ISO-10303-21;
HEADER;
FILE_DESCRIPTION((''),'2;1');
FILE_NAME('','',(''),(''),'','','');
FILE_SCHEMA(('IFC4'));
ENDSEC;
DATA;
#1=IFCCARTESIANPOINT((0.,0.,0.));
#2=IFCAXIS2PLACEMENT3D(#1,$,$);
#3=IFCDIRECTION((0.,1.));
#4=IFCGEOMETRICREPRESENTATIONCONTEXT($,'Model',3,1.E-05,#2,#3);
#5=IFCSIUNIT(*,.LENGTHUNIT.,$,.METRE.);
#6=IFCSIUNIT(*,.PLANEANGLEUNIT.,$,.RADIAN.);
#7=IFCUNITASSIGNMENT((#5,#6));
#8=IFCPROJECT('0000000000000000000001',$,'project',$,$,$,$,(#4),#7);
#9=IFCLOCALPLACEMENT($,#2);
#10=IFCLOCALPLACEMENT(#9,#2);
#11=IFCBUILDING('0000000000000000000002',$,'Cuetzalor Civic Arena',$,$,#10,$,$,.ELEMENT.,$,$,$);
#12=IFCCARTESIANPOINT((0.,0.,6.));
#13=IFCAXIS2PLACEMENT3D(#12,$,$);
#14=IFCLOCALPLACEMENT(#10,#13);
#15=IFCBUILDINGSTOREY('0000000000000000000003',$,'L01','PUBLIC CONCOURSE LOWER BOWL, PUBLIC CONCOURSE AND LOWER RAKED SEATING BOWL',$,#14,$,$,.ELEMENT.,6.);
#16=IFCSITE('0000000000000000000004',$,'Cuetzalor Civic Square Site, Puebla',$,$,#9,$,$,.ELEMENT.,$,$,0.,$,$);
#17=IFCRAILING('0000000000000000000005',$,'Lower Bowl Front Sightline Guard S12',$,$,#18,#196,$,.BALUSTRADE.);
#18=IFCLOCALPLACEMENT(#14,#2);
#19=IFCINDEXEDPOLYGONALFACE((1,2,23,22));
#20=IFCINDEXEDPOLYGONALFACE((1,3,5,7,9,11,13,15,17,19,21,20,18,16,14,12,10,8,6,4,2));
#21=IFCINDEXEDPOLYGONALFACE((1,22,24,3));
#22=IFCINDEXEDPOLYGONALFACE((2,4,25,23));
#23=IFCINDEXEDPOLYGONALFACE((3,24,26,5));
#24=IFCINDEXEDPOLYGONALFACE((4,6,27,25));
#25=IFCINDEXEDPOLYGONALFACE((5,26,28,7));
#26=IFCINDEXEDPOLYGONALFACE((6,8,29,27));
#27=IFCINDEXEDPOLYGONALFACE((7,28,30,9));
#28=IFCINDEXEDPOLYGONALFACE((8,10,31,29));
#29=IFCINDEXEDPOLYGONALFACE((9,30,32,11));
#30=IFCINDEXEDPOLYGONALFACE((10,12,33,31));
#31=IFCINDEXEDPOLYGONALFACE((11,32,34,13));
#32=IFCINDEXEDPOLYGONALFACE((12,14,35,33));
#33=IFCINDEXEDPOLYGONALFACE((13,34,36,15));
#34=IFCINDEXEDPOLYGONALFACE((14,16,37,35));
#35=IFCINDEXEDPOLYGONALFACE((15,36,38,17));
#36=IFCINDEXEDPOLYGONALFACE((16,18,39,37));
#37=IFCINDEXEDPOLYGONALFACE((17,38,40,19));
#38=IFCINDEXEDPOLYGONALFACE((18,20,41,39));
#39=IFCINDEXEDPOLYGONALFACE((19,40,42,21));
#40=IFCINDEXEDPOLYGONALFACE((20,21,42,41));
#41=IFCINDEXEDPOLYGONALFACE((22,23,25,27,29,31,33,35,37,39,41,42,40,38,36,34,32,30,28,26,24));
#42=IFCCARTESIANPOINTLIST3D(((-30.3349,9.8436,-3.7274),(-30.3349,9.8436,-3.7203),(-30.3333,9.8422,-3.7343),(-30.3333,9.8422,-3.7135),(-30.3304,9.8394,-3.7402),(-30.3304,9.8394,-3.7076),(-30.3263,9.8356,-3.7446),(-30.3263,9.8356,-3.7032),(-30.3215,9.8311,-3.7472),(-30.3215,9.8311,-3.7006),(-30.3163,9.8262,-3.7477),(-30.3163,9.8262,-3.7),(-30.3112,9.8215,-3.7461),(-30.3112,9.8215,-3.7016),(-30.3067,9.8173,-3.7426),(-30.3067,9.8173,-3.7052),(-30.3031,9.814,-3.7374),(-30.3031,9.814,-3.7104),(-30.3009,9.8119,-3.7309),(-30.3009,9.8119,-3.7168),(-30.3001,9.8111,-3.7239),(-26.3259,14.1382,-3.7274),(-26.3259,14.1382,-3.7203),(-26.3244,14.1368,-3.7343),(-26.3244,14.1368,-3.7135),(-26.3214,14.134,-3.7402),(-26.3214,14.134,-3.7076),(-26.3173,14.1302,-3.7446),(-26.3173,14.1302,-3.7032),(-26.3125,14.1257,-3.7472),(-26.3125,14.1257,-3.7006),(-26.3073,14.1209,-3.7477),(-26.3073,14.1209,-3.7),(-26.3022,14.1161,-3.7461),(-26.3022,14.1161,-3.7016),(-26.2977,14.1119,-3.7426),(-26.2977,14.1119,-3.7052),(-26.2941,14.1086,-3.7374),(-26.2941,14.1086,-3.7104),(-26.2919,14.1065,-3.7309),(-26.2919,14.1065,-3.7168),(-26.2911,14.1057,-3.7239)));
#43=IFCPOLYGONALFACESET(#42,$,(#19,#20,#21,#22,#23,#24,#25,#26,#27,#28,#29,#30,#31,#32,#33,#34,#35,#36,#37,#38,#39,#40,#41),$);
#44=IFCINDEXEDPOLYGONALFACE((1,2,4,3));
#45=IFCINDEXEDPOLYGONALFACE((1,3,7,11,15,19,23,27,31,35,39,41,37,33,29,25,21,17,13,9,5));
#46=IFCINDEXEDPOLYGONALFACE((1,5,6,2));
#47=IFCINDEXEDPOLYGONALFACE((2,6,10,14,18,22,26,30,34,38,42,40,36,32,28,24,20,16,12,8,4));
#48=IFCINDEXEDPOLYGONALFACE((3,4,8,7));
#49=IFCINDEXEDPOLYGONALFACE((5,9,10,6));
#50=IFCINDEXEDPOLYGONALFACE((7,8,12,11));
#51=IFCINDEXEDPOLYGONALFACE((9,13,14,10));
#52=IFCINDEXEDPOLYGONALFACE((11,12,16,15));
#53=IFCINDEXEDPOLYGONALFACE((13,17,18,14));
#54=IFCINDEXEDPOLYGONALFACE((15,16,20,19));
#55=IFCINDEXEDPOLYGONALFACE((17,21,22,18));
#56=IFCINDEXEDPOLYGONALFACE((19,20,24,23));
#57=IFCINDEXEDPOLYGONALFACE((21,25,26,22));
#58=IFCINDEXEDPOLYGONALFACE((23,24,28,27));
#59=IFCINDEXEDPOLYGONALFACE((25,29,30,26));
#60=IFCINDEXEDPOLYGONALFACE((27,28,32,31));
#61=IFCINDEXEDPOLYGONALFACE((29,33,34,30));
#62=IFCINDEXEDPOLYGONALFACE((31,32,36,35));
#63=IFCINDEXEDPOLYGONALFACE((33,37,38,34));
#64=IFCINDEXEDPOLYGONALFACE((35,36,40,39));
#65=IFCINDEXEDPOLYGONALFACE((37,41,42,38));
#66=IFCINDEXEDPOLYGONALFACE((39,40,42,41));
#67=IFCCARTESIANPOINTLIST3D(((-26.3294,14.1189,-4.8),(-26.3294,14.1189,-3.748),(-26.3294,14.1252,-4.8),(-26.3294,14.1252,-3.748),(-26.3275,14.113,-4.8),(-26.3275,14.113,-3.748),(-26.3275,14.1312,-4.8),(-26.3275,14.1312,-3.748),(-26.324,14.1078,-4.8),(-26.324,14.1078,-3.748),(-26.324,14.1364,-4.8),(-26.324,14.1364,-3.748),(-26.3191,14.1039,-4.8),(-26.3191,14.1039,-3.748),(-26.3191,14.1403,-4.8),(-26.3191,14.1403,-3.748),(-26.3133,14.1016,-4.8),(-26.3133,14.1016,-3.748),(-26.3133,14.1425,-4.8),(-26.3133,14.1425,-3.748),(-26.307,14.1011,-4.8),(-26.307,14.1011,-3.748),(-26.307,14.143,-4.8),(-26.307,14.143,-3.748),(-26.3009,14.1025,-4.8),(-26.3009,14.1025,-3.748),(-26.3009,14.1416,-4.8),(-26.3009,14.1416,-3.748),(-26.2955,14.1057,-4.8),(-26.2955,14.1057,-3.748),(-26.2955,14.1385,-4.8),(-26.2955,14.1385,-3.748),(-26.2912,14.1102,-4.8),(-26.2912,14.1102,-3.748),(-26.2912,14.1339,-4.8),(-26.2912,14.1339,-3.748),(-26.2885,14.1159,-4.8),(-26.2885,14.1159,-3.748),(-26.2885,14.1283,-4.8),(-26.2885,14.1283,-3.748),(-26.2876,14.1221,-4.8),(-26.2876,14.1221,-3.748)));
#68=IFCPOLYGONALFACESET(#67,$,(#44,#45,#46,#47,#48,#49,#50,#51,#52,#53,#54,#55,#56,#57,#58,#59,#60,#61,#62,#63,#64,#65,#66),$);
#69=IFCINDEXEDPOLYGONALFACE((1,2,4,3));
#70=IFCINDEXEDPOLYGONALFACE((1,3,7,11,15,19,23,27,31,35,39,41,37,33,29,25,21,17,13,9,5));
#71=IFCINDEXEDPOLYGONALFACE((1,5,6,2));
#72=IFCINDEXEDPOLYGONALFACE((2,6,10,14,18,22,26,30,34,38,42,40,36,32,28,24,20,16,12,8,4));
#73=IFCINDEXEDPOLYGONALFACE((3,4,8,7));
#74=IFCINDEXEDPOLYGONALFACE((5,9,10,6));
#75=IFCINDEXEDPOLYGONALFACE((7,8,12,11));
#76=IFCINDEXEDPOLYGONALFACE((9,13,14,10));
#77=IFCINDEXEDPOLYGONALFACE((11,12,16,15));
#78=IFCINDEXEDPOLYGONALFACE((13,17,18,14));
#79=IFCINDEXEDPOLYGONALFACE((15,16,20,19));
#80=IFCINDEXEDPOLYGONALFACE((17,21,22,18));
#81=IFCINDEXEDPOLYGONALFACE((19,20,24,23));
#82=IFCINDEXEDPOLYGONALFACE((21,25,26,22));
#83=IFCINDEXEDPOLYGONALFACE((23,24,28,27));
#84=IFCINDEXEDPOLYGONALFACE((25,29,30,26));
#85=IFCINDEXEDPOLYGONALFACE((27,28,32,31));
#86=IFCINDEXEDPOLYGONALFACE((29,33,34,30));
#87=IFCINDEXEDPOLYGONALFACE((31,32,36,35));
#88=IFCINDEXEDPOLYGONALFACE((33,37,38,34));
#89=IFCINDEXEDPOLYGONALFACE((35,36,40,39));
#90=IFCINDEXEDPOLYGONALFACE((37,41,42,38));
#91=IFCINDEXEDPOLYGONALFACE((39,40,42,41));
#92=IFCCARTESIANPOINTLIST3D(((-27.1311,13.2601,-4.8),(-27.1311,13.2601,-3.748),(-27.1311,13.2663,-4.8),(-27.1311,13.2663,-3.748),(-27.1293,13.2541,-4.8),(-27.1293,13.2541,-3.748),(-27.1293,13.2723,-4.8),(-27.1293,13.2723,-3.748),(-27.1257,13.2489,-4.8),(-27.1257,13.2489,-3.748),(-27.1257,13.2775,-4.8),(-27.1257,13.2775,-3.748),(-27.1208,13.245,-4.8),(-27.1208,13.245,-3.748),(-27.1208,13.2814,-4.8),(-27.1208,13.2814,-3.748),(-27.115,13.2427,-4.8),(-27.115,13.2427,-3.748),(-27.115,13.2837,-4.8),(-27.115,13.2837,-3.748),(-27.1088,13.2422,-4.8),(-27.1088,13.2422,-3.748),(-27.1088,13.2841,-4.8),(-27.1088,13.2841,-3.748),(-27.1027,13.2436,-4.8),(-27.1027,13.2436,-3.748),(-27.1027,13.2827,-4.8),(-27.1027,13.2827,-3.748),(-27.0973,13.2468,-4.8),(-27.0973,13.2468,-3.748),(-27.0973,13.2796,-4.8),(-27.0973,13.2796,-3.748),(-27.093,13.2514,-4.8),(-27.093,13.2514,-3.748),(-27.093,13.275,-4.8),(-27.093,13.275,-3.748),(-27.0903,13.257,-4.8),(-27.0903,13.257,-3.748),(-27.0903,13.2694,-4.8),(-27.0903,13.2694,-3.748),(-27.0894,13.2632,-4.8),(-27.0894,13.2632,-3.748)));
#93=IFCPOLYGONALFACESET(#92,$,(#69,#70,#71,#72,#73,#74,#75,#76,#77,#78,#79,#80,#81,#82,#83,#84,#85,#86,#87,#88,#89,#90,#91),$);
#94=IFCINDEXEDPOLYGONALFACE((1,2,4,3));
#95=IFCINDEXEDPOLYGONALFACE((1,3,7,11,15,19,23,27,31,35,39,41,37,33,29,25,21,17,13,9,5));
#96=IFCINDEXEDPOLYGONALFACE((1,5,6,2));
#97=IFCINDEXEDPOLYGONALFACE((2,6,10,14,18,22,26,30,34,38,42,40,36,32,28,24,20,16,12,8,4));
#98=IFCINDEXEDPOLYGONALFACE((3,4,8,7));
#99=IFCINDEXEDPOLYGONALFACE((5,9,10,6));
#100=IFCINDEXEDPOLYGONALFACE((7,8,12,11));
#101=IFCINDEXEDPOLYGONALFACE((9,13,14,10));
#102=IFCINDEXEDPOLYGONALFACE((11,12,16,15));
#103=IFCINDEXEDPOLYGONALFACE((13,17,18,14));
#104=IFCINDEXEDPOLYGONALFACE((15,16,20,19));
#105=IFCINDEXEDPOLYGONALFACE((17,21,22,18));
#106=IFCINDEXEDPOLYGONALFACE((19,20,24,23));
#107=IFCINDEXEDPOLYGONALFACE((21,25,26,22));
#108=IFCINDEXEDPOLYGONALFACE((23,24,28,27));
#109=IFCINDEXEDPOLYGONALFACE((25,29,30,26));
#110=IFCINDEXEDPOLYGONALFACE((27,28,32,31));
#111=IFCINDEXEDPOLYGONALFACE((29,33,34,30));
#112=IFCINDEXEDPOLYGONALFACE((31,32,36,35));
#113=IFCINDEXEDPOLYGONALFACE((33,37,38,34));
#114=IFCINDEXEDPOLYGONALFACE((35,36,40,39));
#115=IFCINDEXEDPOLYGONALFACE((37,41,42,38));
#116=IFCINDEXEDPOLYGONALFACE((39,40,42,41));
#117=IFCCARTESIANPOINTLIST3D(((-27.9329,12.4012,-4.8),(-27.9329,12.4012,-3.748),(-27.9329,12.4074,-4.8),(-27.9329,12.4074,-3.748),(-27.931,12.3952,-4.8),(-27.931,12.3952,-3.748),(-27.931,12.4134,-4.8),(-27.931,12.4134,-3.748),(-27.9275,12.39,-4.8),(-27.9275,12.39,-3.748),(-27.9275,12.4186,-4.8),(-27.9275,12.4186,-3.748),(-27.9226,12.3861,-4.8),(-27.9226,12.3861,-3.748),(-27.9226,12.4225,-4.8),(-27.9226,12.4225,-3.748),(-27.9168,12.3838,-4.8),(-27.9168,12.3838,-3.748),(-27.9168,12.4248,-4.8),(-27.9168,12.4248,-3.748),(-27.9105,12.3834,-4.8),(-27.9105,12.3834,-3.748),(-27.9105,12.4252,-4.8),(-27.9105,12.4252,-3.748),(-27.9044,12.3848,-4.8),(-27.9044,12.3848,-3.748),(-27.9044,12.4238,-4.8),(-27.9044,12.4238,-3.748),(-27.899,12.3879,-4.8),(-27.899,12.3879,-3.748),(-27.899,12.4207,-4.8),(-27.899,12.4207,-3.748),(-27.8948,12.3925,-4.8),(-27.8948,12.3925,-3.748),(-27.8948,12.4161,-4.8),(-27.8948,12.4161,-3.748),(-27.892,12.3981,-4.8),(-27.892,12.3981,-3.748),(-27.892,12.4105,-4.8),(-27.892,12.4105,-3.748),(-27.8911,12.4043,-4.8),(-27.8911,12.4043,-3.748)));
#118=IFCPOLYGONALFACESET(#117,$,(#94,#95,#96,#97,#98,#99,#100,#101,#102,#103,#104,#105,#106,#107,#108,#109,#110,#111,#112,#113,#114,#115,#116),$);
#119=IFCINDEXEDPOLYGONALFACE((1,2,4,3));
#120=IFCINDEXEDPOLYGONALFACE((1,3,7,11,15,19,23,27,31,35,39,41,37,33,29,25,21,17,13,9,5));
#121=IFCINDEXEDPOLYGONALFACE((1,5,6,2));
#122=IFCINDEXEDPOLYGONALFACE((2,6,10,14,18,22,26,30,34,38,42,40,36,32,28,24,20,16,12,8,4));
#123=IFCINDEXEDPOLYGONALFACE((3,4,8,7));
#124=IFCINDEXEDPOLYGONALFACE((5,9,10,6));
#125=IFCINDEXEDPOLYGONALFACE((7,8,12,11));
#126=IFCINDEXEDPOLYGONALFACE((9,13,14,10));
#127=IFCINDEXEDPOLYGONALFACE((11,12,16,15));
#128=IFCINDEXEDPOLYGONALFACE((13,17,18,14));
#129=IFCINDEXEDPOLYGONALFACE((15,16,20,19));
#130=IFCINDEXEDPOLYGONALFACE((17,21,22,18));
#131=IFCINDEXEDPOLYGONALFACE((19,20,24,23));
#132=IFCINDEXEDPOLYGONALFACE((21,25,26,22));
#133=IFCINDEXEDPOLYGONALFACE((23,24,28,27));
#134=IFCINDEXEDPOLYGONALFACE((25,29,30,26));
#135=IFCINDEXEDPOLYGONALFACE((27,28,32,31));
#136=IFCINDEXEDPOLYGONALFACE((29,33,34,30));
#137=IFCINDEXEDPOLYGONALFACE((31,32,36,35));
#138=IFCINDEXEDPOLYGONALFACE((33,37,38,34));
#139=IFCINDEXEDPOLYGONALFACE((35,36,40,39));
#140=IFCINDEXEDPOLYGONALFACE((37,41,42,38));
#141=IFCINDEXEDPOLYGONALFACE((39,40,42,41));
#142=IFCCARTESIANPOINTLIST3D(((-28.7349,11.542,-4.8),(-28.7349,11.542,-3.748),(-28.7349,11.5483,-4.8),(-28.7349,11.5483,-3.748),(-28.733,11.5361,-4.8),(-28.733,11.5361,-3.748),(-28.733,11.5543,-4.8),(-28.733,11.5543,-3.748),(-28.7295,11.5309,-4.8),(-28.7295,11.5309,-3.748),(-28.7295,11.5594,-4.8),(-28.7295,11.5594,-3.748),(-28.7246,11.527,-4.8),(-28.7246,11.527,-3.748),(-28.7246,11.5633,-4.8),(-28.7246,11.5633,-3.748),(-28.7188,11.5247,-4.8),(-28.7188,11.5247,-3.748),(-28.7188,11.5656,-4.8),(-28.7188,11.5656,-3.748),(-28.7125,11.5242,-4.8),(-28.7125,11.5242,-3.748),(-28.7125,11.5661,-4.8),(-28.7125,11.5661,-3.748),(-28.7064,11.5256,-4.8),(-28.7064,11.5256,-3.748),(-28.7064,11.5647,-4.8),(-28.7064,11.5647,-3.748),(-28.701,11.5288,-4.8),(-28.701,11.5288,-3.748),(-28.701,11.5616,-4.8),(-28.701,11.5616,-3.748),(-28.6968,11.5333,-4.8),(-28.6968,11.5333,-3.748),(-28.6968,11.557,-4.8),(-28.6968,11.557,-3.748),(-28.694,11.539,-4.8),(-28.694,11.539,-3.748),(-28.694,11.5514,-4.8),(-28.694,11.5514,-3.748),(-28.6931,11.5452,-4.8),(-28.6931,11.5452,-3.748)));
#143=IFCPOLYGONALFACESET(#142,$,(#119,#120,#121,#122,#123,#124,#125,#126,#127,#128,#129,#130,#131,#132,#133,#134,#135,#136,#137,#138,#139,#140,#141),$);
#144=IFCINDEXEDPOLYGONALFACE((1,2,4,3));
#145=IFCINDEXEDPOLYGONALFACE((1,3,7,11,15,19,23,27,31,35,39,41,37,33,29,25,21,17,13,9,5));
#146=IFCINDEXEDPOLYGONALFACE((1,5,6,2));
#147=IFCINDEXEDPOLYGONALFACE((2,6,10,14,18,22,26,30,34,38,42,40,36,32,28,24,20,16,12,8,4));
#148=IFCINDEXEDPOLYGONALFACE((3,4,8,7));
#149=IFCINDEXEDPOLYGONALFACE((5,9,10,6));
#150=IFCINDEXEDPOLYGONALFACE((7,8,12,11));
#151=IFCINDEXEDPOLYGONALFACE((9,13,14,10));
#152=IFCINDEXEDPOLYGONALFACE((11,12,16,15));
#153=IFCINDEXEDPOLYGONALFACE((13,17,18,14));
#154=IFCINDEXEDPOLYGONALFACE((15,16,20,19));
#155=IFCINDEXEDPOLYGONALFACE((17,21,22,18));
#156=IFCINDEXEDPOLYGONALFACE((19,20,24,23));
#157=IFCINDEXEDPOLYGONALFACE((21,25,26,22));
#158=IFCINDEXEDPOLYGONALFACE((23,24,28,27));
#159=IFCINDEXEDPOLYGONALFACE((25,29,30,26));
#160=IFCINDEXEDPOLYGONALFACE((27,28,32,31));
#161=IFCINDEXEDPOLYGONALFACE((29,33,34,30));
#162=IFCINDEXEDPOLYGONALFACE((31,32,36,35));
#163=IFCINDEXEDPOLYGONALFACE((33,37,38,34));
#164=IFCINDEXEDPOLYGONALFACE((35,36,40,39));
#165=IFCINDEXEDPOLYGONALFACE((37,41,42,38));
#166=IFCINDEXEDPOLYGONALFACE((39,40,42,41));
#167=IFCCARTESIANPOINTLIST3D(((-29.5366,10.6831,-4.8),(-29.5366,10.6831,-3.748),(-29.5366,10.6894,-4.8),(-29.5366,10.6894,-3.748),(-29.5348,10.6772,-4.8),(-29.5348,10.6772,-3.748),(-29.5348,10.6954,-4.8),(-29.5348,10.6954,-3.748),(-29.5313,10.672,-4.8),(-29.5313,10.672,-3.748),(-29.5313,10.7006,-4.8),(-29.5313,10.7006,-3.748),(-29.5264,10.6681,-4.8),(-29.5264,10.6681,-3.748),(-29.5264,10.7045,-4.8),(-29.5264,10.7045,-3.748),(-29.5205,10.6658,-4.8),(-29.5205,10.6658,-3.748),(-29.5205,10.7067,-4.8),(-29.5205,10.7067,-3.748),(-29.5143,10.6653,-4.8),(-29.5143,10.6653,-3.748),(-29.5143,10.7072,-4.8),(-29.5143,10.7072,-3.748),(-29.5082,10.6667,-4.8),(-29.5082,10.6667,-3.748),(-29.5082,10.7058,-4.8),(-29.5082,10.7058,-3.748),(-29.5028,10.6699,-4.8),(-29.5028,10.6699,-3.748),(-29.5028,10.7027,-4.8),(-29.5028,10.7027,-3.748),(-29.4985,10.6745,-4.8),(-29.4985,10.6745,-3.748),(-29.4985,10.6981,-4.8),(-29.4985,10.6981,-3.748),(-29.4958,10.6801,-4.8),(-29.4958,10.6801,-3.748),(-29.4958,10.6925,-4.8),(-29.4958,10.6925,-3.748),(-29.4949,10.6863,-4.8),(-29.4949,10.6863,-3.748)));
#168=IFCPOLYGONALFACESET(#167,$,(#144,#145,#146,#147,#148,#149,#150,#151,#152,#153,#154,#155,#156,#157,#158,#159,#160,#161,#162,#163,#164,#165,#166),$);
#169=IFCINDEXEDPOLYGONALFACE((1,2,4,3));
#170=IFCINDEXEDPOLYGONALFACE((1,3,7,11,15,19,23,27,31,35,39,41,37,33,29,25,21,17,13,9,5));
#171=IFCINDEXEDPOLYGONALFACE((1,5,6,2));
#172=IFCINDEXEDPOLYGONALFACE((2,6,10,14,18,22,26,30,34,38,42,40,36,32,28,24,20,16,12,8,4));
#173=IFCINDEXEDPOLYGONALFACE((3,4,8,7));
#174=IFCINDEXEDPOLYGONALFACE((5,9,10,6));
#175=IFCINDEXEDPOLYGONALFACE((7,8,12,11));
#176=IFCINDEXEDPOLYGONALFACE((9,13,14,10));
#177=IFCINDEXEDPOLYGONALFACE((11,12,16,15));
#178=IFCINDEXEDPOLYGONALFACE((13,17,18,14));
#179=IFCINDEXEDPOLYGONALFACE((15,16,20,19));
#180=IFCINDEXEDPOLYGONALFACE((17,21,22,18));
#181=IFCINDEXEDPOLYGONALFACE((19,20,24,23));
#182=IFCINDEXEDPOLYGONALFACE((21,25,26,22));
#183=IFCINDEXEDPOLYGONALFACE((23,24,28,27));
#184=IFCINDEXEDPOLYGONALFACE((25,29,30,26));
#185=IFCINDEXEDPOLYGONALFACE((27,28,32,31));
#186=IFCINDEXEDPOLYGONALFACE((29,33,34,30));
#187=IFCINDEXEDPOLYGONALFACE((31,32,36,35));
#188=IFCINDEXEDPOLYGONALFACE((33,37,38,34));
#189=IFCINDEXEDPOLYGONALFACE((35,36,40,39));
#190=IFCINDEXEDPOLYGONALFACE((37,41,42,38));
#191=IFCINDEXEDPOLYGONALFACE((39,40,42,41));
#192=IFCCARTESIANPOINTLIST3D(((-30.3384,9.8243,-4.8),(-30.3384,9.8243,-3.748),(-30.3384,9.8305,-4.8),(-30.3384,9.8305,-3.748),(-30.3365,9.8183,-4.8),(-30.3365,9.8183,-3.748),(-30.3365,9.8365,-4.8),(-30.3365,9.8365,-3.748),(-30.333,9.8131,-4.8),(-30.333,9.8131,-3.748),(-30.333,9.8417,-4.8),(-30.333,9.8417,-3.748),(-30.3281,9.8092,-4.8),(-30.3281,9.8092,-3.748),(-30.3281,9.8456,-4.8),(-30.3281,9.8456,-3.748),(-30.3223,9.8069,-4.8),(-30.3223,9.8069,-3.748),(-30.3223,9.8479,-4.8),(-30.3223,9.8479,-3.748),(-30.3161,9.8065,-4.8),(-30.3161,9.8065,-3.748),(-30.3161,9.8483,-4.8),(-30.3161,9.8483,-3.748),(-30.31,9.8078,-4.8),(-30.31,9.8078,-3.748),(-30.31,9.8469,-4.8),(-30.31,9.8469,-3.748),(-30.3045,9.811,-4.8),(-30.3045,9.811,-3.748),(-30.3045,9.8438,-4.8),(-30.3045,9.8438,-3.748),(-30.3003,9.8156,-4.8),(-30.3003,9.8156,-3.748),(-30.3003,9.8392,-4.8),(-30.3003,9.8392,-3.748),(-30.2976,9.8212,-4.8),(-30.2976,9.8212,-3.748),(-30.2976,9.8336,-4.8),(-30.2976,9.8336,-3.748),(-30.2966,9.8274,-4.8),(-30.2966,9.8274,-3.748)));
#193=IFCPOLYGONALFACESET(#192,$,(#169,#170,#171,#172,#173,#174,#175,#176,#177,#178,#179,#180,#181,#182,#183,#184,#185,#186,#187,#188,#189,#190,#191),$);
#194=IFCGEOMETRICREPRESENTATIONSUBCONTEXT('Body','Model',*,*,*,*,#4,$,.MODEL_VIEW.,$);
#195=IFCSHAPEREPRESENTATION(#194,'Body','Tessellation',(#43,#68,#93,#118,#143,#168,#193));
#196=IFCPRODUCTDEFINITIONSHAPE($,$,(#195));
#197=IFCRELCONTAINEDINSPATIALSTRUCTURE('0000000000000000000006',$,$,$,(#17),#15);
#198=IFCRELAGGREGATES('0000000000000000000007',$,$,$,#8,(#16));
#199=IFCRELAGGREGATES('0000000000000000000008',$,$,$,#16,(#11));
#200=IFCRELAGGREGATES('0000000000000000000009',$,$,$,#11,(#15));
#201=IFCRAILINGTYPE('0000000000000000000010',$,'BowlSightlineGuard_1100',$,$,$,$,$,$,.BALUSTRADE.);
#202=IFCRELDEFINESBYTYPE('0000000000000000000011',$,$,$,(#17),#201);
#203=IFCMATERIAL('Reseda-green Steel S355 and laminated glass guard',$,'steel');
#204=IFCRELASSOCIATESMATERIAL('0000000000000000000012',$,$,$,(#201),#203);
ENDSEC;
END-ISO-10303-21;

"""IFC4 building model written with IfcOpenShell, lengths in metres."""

from ifc_helpers import new_model, si_unit, direction, frame, origin, origin_2d, place, context, subcontext, project, spatial, circle, extrude, material, type_object, element, save


model = new_model("IFC4")

# Units and contexts
model_context = context("Model", 3, precision=1e-05, world=origin(), true_north=direction((0.0, 1.0)))
body_context = subcontext(model_context, "Body", "Model", "MODEL_VIEW")
ifc_project = project(units=[si_unit("LENGTHUNIT", "METRE"), si_unit("PLANEANGLEUNIT", "RADIAN")], contexts=[model_context])

# Site, building, storey
site_placement = place(None, origin())
site = spatial("IfcSite", under=ifc_project, at=site_placement, Name="Cuetzalor Civic Square Site, Puebla", CompositionType="ELEMENT", RefElevation=0.0)
building_placement = place(site_placement, origin())
building = spatial("IfcBuilding", under=site, at=building_placement, Name="Cuetzalor Civic Arena", CompositionType="ELEMENT")
storey_placement = place(building_placement, frame((0.0, 0.0, 6.0)))
storey = spatial("IfcBuildingStorey", under=building, at=storey_placement, Name="L01", Description="PUBLIC CONCOURSE LOWER BOWL, PUBLIC CONCOURSE AND LOWER RAKED SEATING BOWL", CompositionType="ELEMENT", Elevation=6.0)

# Railing
ifc_material_1 = material(Name="Reseda-green Steel S355 and laminated glass guard", Category="steel")
railing_type = type_object("IfcRailingType", Name="BowlSightlineGuard_1100", PredefinedType="BALUSTRADE", material=ifc_material_1)
railing_1_placement = place(storey_placement, frame((-26.3086, 14.1221, -4.8)))
element("IfcRailing", 1, at=railing_1_placement, inside=storey, type_object=railing_type, Name="Lower Bowl Front Sightline Guard S12", PredefinedType="BALUSTRADE", context=body_context, shape_type="SweptSolid", body=[
    extrude(circle(Radius=0.0239, at=origin_2d()), frame((0.0, 0.0, 1.0762), z_axis=(-0.682379, -0.730999, 0.0), x_axis=(0.730999, -0.682379, 0.0)), (0.0, 0.0, 1.0), 5.875),
    extrude(circle(Radius=0.021, at=origin_2d()), origin(), (0.0, 0.0, 1.0), 1.052),
    extrude(circle(Radius=0.021, at=origin_2d()), frame((-0.8018, -0.8589, 0.0)), (0.0, 0.0, 1.0), 1.052),
    extrude(circle(Radius=0.021, at=origin_2d()), frame((-1.6035, -1.7178, 0.0)), (0.0, 0.0, 1.0), 1.052),
    extrude(circle(Radius=0.021, at=origin_2d()), frame((-2.4055, -2.5769, 0.0)), (0.0, 0.0, 1.0), 1.052),
    extrude(circle(Radius=0.021, at=origin_2d()), frame((-3.2073, -3.4358, 0.0)), (0.0, 0.0, 1.0), 1.052),
    extrude(circle(Radius=0.021, at=origin_2d()), frame((-4.009, -4.2947, 0.0)), (0.0, 0.0, 1.0), 1.052),
])

save(model, "model.ifc")
